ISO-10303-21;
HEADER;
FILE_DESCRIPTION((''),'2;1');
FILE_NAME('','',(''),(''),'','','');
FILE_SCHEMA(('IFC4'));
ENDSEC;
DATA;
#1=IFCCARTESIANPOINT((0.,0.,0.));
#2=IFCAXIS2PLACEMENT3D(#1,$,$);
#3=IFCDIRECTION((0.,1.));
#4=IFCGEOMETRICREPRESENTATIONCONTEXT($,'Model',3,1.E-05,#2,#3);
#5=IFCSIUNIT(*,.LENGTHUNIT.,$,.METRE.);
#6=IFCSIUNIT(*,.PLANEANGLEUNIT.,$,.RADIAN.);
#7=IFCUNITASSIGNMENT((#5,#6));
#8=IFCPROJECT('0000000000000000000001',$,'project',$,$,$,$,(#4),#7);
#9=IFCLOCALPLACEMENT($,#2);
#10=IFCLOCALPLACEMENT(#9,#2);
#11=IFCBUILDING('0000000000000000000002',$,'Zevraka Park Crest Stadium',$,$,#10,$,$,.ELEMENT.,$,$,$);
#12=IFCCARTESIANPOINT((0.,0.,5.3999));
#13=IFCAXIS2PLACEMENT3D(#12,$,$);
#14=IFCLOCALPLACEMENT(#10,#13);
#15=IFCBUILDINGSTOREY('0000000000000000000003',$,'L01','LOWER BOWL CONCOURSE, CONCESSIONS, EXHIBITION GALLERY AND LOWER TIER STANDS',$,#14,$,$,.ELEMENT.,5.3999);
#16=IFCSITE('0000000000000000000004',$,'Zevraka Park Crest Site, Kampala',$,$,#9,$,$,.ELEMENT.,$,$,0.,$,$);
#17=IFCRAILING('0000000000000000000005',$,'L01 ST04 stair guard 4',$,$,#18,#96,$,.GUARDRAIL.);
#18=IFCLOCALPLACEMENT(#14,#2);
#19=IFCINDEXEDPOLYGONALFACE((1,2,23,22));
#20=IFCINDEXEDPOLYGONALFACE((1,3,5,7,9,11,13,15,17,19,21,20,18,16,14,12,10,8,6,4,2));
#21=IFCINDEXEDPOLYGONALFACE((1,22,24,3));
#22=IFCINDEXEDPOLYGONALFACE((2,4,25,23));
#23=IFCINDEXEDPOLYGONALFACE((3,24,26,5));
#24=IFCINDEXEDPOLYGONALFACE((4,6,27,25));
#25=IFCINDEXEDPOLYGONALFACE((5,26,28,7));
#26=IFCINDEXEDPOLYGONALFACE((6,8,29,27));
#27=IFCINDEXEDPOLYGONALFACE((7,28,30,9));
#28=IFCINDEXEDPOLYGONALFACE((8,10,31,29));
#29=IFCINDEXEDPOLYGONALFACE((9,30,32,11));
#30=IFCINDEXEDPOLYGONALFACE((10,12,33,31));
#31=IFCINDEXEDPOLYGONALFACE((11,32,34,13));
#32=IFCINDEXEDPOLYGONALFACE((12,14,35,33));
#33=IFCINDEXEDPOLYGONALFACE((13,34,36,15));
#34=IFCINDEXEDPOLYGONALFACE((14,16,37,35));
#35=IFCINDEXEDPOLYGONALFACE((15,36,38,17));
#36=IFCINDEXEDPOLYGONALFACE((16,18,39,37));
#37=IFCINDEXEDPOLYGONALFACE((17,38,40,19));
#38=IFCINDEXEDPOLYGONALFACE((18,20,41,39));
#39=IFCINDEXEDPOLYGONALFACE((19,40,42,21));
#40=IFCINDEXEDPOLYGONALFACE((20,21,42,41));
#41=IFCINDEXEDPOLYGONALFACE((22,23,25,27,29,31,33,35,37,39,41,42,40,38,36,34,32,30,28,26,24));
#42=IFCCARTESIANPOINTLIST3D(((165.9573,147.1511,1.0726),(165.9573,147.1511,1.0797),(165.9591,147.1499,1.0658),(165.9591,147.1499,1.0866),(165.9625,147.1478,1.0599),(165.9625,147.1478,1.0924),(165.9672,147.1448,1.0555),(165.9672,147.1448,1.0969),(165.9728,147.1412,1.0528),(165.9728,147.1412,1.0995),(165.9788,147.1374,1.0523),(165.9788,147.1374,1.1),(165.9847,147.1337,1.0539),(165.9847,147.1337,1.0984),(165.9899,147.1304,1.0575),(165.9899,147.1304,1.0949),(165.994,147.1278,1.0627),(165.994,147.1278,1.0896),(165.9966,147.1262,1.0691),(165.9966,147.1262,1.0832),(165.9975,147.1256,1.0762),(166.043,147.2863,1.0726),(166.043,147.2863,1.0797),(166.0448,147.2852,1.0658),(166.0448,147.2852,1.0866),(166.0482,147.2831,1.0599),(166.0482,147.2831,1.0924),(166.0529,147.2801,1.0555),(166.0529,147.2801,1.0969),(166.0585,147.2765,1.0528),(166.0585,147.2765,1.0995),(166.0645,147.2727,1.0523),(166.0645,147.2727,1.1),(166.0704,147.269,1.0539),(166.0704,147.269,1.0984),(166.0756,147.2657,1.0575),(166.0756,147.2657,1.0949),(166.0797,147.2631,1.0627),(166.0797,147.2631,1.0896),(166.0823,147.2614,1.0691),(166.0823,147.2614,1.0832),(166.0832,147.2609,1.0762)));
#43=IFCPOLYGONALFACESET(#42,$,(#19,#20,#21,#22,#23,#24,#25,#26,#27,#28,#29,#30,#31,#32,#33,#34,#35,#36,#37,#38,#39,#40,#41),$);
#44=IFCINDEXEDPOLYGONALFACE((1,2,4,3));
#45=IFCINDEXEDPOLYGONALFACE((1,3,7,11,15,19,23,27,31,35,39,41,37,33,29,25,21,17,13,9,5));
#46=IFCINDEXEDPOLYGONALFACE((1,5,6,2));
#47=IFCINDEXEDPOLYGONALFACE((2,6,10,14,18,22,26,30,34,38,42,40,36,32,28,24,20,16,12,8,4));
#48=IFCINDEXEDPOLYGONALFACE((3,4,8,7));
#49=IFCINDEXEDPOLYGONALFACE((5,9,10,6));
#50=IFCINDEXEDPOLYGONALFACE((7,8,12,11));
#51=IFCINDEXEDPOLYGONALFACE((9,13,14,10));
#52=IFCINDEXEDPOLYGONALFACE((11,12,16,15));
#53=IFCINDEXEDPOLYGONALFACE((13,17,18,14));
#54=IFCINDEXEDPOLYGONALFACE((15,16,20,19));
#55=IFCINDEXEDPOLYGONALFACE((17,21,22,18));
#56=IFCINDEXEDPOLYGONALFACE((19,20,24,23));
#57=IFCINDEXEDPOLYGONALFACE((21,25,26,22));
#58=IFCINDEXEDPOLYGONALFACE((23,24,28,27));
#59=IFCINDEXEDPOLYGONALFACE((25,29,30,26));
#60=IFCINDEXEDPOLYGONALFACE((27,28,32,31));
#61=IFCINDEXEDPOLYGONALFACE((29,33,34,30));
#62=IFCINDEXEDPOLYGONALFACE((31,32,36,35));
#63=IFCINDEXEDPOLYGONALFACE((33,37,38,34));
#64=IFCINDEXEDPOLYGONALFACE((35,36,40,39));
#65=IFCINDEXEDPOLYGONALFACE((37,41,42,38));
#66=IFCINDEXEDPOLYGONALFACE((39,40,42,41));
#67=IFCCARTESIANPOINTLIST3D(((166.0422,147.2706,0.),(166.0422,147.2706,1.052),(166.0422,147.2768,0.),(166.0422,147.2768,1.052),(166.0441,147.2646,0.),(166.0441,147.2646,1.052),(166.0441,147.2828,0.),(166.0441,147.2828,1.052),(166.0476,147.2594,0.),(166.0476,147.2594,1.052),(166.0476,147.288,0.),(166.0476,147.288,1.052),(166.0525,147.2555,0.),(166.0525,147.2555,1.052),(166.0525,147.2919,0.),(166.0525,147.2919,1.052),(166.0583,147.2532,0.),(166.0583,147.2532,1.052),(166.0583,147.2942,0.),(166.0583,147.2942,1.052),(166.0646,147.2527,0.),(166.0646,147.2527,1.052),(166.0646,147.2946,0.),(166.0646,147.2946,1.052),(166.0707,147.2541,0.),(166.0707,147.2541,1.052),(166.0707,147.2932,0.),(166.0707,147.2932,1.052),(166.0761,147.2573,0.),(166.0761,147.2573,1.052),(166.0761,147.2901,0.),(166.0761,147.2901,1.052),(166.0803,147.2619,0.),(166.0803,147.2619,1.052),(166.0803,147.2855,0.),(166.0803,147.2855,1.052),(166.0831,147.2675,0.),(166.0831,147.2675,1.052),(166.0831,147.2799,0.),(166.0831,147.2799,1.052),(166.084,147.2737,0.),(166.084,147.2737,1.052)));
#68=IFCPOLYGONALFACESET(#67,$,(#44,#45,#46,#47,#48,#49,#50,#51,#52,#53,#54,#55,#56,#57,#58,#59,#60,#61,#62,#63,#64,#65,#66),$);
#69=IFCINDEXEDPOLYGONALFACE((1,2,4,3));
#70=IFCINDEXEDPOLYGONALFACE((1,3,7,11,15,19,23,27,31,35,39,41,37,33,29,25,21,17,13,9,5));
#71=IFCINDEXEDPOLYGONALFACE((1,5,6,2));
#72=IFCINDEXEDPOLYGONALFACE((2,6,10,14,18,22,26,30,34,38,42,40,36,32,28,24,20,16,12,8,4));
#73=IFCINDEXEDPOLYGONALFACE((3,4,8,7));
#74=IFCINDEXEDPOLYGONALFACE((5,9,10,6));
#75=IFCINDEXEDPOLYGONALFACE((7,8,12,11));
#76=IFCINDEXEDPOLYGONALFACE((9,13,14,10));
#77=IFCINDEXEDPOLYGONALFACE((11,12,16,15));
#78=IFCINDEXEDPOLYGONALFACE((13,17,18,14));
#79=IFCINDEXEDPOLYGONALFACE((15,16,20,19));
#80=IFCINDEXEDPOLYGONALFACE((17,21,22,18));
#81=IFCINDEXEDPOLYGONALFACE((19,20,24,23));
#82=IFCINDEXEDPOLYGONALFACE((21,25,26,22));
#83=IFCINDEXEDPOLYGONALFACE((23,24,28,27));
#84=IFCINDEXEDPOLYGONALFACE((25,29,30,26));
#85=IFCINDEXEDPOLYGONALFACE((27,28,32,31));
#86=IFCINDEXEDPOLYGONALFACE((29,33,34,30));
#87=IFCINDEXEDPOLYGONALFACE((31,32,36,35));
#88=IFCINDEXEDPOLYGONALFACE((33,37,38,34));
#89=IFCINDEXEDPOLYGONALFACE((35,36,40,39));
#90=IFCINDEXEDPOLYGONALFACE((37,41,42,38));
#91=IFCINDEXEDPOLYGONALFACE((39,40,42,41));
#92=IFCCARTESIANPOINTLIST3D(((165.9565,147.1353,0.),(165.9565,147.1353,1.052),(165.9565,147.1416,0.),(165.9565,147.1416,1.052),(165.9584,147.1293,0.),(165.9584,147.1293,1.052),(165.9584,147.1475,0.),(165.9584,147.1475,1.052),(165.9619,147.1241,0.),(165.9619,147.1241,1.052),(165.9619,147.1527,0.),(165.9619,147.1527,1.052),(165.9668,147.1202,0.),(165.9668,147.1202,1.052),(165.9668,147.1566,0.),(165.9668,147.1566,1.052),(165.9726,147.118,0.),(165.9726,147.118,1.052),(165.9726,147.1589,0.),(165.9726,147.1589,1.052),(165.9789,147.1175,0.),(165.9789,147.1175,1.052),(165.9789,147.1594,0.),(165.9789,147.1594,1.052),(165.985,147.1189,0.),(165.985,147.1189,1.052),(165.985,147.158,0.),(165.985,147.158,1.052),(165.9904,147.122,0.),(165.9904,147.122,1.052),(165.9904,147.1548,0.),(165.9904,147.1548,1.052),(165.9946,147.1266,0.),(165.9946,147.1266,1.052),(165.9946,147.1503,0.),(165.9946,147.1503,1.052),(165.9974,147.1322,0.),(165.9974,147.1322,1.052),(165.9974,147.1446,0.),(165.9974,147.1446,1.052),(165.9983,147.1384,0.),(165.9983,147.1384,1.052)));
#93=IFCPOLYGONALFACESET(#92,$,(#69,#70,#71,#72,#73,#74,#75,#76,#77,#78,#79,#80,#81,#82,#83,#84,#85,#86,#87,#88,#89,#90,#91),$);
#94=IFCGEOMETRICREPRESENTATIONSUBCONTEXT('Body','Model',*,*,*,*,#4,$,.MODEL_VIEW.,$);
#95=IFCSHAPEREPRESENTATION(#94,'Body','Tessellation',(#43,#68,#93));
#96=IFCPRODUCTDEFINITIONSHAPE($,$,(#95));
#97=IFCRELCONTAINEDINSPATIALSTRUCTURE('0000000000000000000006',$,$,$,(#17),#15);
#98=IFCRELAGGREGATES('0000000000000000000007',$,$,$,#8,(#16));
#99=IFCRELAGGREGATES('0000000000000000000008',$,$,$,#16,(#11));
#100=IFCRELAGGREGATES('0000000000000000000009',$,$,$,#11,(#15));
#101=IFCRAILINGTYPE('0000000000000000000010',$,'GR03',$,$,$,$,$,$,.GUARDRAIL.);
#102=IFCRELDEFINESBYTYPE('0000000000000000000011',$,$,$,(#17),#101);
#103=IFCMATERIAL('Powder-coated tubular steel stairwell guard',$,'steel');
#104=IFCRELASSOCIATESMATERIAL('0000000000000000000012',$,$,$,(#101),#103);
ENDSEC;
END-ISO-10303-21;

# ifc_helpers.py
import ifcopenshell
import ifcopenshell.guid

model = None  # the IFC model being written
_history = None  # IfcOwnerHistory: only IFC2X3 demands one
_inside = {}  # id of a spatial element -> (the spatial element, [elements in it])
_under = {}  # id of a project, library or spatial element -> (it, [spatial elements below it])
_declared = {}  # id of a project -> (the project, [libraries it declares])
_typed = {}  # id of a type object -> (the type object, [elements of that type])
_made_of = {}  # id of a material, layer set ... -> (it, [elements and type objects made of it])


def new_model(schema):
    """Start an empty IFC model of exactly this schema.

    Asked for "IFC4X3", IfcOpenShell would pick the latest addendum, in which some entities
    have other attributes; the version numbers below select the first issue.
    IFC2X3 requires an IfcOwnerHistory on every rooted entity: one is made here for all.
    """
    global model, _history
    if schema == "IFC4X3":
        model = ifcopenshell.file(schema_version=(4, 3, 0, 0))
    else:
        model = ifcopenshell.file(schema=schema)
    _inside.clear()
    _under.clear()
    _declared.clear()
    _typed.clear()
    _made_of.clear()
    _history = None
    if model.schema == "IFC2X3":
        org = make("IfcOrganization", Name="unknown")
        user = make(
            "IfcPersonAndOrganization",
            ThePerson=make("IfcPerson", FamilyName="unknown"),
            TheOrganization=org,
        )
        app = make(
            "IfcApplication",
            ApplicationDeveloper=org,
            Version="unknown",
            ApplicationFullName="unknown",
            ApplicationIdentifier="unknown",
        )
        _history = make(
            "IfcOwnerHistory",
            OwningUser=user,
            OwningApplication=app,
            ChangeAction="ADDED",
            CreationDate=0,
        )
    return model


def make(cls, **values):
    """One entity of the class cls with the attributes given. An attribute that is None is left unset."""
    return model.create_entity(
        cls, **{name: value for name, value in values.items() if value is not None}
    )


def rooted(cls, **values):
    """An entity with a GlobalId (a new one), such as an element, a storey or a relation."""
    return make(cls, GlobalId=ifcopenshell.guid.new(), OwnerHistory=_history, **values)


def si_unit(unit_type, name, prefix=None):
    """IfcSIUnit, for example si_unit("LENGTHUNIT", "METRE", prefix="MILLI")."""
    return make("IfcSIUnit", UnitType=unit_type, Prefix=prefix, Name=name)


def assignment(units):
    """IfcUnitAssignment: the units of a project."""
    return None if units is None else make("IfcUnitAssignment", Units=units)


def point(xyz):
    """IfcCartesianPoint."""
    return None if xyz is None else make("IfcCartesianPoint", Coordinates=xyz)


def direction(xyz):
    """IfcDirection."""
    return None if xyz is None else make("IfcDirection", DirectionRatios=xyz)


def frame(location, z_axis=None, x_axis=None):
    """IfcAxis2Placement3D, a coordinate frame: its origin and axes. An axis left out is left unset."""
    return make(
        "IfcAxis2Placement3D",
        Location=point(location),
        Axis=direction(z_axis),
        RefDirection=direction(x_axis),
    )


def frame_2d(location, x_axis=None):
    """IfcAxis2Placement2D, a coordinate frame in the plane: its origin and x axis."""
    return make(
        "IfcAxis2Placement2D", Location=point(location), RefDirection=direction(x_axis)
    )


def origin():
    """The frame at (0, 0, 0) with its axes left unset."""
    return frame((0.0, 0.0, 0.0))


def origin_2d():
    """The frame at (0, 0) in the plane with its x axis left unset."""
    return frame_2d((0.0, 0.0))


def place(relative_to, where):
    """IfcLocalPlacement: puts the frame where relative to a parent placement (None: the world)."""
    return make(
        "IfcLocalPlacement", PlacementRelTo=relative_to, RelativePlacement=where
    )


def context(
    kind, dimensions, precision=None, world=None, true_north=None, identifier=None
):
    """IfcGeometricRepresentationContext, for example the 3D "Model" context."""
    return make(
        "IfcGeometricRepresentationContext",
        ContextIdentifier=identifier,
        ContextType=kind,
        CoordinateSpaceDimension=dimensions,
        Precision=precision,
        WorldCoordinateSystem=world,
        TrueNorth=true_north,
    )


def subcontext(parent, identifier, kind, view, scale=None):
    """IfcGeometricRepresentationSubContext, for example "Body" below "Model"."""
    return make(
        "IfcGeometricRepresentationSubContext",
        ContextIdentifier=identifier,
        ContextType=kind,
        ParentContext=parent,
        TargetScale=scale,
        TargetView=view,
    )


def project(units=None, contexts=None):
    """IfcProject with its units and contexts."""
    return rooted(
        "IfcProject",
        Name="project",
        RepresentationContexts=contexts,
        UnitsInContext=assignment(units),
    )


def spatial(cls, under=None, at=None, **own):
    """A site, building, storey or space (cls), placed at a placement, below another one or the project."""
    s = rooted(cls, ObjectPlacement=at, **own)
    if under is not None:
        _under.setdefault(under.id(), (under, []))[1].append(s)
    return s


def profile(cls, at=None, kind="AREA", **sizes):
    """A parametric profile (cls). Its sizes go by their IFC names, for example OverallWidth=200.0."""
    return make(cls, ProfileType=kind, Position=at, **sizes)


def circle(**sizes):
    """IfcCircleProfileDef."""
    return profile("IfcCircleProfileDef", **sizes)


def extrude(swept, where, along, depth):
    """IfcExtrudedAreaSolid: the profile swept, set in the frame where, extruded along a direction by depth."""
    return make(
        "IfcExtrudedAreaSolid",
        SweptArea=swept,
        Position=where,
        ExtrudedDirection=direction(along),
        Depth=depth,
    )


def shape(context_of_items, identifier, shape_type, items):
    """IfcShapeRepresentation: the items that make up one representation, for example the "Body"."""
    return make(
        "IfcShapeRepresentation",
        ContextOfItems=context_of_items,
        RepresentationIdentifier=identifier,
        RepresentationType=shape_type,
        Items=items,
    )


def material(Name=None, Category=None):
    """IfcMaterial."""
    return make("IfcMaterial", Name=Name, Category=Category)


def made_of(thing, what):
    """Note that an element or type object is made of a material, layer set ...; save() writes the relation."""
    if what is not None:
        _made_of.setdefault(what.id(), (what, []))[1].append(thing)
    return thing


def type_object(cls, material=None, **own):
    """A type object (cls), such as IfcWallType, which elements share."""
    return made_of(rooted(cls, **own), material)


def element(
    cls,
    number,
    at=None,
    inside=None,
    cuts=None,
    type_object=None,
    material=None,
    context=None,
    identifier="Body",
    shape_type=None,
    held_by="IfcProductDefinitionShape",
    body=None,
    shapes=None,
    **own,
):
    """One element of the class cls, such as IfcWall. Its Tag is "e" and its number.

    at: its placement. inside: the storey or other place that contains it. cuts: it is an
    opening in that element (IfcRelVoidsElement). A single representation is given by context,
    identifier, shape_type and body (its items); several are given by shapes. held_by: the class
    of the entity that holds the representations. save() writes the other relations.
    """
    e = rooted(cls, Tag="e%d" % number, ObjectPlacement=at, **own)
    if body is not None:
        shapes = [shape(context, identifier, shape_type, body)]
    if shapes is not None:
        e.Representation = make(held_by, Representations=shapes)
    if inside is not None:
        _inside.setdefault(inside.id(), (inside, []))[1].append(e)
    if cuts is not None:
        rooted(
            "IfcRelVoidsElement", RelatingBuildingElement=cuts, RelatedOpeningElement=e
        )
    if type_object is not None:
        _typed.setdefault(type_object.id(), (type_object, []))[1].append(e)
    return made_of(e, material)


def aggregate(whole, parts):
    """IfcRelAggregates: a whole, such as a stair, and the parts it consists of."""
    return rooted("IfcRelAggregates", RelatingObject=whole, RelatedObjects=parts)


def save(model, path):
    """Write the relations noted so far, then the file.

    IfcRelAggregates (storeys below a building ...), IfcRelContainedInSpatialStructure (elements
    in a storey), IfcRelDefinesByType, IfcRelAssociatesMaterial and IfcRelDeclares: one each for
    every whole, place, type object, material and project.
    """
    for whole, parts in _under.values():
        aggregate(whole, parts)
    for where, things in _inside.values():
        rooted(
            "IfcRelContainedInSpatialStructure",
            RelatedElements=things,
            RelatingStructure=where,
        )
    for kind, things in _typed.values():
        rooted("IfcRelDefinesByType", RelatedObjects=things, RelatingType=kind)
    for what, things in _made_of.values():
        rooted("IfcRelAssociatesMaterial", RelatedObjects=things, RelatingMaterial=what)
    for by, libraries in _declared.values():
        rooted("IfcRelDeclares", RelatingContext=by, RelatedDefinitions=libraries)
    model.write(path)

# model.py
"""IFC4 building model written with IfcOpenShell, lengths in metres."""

from ifc_helpers import new_model, si_unit, direction, frame, origin, origin_2d, place, context, subcontext, project, spatial, circle, extrude, material, type_object, element, save


model = new_model("IFC4")

# Units and contexts
model_context = context("Model", 3, precision=1e-05, world=origin(), true_north=direction((0.0, 1.0)))
body_context = subcontext(model_context, "Body", "Model", "MODEL_VIEW")
ifc_project = project(units=[si_unit("LENGTHUNIT", "METRE"), si_unit("PLANEANGLEUNIT", "RADIAN")], contexts=[model_context])

# Site, building, storey
site_placement = place(None, origin())
site = spatial("IfcSite", under=ifc_project, at=site_placement, Name="Zevraka Park Crest Site, Kampala", CompositionType="ELEMENT", RefElevation=0.0)
building_placement = place(site_placement, origin())
building = spatial("IfcBuilding", under=site, at=building_placement, Name="Zevraka Park Crest Stadium", CompositionType="ELEMENT")
storey_placement = place(building_placement, frame((0.0, 0.0, 5.3999)))
storey = spatial("IfcBuildingStorey", under=building, at=storey_placement, Name="L01", Description="LOWER BOWL CONCOURSE, CONCESSIONS, EXHIBITION GALLERY AND LOWER TIER STANDS", CompositionType="ELEMENT", Elevation=5.3999)

# Railing
ifc_material_1 = material(Name="Powder-coated tubular steel stairwell guard", Category="steel")
railing_type_1 = type_object("IfcRailingType", Name="GR03", PredefinedType="GUARDRAIL", material=ifc_material_1)
railing_1_placement = place(storey_placement, frame((166.063, 147.2737, 0.0)))
element("IfcRailing", 1, at=railing_1_placement, inside=storey, type_object=railing_type_1, Name="L01 ST04 stair guard 4", PredefinedType="GUARDRAIL", context=body_context, shape_type="SweptSolid", body=[
    extrude(circle(Radius=0.0239, at=origin_2d()), frame((0.0, 0.0, 1.0762), z_axis=(-0.535197, -0.844727, 0.0), x_axis=(0.844727, -0.535197, 0.0)), (0.0, 0.0, 1.0), 0.1602),
    extrude(circle(Radius=0.021, at=origin_2d()), origin(), (0.0, 0.0, 1.0), 1.052),
    extrude(circle(Radius=0.021, at=origin_2d()), frame((-0.0857, -0.1353, 0.0)), (0.0, 0.0, 1.0), 1.052),
])

save(model, "model.ifc")
